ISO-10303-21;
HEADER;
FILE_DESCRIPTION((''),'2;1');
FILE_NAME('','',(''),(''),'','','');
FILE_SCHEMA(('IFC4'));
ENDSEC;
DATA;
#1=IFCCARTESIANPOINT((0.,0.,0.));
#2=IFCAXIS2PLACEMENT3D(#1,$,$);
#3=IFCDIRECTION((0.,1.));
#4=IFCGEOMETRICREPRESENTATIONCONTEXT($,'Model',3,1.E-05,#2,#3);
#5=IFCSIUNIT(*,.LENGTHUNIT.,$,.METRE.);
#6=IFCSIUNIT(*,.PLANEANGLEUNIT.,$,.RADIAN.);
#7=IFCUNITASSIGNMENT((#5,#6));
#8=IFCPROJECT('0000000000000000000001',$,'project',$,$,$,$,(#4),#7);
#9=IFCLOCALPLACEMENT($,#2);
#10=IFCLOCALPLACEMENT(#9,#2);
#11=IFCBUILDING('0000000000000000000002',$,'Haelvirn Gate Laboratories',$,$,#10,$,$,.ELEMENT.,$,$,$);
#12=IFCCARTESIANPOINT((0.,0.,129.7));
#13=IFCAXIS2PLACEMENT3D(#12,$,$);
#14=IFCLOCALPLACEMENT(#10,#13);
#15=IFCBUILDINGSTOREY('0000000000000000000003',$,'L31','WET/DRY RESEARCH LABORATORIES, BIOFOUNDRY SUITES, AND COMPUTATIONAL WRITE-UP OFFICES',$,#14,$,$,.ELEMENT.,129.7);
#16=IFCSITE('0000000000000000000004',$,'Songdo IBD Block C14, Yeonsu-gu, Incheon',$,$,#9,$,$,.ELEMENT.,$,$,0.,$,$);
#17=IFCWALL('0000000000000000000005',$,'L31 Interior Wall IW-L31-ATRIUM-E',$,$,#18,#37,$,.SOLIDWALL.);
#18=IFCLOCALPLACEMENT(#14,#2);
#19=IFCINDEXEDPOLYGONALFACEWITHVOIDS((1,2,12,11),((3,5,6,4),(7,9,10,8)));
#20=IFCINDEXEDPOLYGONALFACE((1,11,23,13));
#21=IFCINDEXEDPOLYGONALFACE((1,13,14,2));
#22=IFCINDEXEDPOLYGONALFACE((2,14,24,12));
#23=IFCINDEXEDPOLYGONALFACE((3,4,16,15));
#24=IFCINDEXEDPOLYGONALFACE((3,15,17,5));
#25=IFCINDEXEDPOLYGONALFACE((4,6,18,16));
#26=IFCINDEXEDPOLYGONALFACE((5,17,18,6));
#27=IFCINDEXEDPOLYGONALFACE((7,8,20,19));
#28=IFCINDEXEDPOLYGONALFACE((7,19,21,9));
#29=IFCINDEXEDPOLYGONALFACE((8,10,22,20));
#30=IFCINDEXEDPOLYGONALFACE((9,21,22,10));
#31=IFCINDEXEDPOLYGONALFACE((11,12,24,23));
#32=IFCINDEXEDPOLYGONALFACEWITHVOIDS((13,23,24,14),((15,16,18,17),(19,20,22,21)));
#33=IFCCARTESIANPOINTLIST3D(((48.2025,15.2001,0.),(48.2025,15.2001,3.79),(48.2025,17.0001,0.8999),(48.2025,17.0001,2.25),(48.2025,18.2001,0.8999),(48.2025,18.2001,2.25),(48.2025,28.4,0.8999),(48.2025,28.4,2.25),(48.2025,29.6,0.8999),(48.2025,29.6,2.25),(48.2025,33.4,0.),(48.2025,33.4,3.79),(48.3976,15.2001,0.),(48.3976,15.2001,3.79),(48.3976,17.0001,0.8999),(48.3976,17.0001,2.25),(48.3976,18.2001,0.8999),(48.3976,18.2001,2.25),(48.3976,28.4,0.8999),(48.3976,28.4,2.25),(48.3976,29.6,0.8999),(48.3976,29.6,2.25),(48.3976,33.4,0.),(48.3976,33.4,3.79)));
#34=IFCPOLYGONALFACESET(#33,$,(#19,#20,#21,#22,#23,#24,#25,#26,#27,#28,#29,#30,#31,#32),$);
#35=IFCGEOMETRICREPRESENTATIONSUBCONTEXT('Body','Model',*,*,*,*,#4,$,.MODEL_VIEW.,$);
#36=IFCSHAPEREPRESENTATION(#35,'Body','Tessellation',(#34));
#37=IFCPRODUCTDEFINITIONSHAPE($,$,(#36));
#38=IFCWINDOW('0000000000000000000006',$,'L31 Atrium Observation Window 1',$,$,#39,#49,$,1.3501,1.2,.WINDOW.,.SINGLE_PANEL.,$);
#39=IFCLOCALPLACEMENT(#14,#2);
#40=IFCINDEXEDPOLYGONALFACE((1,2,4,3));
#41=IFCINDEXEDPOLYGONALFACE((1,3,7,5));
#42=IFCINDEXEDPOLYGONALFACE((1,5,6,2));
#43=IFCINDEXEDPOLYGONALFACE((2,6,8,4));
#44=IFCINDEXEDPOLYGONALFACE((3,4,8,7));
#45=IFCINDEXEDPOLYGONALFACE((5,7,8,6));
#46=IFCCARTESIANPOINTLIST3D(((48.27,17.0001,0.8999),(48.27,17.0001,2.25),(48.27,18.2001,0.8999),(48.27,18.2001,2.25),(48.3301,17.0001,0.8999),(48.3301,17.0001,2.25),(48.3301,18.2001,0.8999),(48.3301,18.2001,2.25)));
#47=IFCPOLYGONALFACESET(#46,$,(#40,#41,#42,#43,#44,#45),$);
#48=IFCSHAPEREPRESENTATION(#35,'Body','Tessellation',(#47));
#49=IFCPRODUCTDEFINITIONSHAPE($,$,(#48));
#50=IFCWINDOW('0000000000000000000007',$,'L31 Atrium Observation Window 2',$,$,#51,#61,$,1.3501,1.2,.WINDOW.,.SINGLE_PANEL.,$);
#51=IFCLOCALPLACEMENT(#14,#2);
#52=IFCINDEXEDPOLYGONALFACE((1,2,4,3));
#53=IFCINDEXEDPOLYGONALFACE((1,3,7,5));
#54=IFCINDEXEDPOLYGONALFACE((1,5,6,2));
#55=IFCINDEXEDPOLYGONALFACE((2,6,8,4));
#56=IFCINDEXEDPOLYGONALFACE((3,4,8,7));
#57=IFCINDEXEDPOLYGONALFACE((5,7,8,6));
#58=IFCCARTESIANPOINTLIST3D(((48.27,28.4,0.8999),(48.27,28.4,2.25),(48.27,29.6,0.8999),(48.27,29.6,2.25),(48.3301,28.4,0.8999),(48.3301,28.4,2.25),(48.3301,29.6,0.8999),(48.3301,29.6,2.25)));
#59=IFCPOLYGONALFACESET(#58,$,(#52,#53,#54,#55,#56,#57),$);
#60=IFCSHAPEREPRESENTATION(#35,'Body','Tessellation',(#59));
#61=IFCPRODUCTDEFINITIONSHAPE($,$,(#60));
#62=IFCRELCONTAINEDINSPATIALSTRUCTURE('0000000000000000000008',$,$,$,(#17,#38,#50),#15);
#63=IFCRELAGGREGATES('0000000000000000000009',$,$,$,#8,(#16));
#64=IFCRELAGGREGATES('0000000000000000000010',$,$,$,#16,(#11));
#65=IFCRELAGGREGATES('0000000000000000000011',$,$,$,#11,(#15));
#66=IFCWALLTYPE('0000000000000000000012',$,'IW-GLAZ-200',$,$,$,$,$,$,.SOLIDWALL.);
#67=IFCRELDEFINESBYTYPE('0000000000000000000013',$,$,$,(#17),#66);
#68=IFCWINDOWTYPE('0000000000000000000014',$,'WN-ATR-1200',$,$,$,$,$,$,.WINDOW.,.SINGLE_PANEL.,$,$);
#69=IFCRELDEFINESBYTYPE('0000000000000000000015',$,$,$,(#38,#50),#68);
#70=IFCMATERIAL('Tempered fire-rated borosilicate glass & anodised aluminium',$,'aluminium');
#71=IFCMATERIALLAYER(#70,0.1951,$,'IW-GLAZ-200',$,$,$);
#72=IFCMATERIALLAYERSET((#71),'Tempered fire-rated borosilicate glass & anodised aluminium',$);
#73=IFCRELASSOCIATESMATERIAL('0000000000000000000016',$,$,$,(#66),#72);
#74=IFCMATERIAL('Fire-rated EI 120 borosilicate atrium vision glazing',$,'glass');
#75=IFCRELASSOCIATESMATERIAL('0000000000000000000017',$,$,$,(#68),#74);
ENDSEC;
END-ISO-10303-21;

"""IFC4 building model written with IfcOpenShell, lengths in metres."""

from ifc_helpers import new_model, si_unit, direction, frame, frame_2d, origin, place, context, subcontext, project, spatial, rectangle, extrude, source, transform, mapped, material, layer, layer_set, type_object, type_shapes, element, fill, save


model = new_model("IFC4")

# Units and contexts
model_context = context("Model", 3, precision=1e-05, world=origin(), true_north=direction((0.0, 1.0)))
body_context = subcontext(model_context, "Body", "Model", "MODEL_VIEW")
ifc_project = project(units=[si_unit("LENGTHUNIT", "METRE"), si_unit("PLANEANGLEUNIT", "RADIAN")], contexts=[model_context])

# Site, building, storey
site_placement = place(None, origin())
site = spatial("IfcSite", under=ifc_project, at=site_placement, Name="Songdo IBD Block C14, Yeonsu-gu, Incheon", CompositionType="ELEMENT", RefElevation=0.0)
building_placement = place(site_placement, origin())
building = spatial("IfcBuilding", under=site, at=building_placement, Name="Haelvirn Gate Laboratories", CompositionType="ELEMENT")
storey_placement = place(building_placement, frame((0.0, 0.0, 129.7)))
storey = spatial("IfcBuildingStorey", under=building, at=storey_placement, Name="L31", Description="WET/DRY RESEARCH LABORATORIES, BIOFOUNDRY SUITES, AND COMPUTATIONAL WRITE-UP OFFICES", CompositionType="ELEMENT", Elevation=129.7)

# Wall, openings, windows
ifc_material_1 = material(Name="Tempered fire-rated borosilicate glass & anodised aluminium", Category="aluminium")
ifc_layer_1 = layer(ifc_material_1, 0.1951, Name="IW-GLAZ-200")
ifc_layer_set_1 = layer_set([ifc_layer_1], Name="Tempered fire-rated borosilicate glass & anodised aluminium")
wall_type_1 = type_object("IfcWallType", Name="IW-GLAZ-200", PredefinedType="SOLIDWALL", material=ifc_layer_set_1)
wall_1_placement = place(storey_placement, frame((48.3, 15.2, 0.0), z_axis=(0.0, 0.0, 1.0), x_axis=(0.0, 1.0, 0.0)))
wall_1 = element("IfcWall", 1, at=wall_1_placement, inside=storey, type_object=wall_type_1, Name="L31 Interior Wall IW-L31-ATRIUM-E", PredefinedType="SOLIDWALL", context=body_context, shape_type="SweptSolid", body=[
    extrude(rectangle(XDim=18.2, YDim=0.1951, at=frame_2d((9.1001, 0.0))), origin(), (0.0, 0.0, 1.0), 3.79),
])
opening_1_placement = place(wall_1_placement, frame((1.8, 0.0, 0.8999)))
opening_1 = element("IfcOpeningElement", 2, at=opening_1_placement, cuts=wall_1, PredefinedType="OPENING", context=body_context, shape_type="SweptSolid", body=[
    extrude(rectangle(XDim=1.2, YDim=1.3501, at=frame_2d((0.6001, 0.675))), frame((0.0, 0.1074, 0.0), z_axis=(0.0, -1.0, 0.0), x_axis=(1.0, 0.0, 0.0)), (0.0, 0.0, 1.0), 0.2151),
])
opening_2_placement = place(wall_1_placement, frame((13.2, 0.0, 0.8999)))
opening_2 = element("IfcOpeningElement", 3, at=opening_2_placement, cuts=wall_1, PredefinedType="OPENING", context=body_context, shape_type="SweptSolid", body=[
    extrude(rectangle(XDim=1.2, YDim=1.3501, at=frame_2d((0.6001, 0.675))), frame((0.0, 0.1074, 0.0), z_axis=(0.0, -1.0, 0.0), x_axis=(1.0, 0.0, 0.0)), (0.0, 0.0, 1.0), 0.2151),
])
ifc_material_2 = material(Name="Fire-rated EI 120 borosilicate atrium vision glazing", Category="glass")
window_type = type_object("IfcWindowType", Name="WN-ATR-1200", PartitioningType="SINGLE_PANEL", PredefinedType="WINDOW", material=ifc_material_2)
shared_shape_1 = source(origin(), body_context, "Body", "SweptSolid", [
    extrude(rectangle(XDim=1.2, YDim=1.3501, at=frame_2d((0.6001, 0.675))), frame((0.0, 0.03, 0.0), z_axis=(0.0, -1.0, 0.0), x_axis=(1.0, 0.0, 0.0)), (0.0, 0.0, 1.0), 0.0601),
])
type_shapes(window_type, [shared_shape_1])
window_1_placement = place(opening_1_placement, origin())
window_1 = element("IfcWindow", 4, at=window_1_placement, inside=storey, type_object=window_type, Name="L31 Atrium Observation Window 1", OverallHeight=1.3501, OverallWidth=1.2, PartitioningType="SINGLE_PANEL", PredefinedType="WINDOW", context=body_context, shape_type="MappedRepresentation", body=[
    mapped(shared_shape_1, transform((0.0, 0.0, 0.0), scale=1.0)),
])
fill(opening_1, window_1)
window_2_placement = place(opening_2_placement, origin())
window_2 = element("IfcWindow", 5, at=window_2_placement, inside=storey, type_object=window_type, Name="L31 Atrium Observation Window 2", OverallHeight=1.3501, OverallWidth=1.2, PartitioningType="SINGLE_PANEL", PredefinedType="WINDOW", context=body_context, shape_type="MappedRepresentation", body=[
    mapped(shared_shape_1, transform((0.0, 0.0, 0.0), scale=1.0)),
])
fill(opening_2, window_2)

save(model, "model.ifc")
